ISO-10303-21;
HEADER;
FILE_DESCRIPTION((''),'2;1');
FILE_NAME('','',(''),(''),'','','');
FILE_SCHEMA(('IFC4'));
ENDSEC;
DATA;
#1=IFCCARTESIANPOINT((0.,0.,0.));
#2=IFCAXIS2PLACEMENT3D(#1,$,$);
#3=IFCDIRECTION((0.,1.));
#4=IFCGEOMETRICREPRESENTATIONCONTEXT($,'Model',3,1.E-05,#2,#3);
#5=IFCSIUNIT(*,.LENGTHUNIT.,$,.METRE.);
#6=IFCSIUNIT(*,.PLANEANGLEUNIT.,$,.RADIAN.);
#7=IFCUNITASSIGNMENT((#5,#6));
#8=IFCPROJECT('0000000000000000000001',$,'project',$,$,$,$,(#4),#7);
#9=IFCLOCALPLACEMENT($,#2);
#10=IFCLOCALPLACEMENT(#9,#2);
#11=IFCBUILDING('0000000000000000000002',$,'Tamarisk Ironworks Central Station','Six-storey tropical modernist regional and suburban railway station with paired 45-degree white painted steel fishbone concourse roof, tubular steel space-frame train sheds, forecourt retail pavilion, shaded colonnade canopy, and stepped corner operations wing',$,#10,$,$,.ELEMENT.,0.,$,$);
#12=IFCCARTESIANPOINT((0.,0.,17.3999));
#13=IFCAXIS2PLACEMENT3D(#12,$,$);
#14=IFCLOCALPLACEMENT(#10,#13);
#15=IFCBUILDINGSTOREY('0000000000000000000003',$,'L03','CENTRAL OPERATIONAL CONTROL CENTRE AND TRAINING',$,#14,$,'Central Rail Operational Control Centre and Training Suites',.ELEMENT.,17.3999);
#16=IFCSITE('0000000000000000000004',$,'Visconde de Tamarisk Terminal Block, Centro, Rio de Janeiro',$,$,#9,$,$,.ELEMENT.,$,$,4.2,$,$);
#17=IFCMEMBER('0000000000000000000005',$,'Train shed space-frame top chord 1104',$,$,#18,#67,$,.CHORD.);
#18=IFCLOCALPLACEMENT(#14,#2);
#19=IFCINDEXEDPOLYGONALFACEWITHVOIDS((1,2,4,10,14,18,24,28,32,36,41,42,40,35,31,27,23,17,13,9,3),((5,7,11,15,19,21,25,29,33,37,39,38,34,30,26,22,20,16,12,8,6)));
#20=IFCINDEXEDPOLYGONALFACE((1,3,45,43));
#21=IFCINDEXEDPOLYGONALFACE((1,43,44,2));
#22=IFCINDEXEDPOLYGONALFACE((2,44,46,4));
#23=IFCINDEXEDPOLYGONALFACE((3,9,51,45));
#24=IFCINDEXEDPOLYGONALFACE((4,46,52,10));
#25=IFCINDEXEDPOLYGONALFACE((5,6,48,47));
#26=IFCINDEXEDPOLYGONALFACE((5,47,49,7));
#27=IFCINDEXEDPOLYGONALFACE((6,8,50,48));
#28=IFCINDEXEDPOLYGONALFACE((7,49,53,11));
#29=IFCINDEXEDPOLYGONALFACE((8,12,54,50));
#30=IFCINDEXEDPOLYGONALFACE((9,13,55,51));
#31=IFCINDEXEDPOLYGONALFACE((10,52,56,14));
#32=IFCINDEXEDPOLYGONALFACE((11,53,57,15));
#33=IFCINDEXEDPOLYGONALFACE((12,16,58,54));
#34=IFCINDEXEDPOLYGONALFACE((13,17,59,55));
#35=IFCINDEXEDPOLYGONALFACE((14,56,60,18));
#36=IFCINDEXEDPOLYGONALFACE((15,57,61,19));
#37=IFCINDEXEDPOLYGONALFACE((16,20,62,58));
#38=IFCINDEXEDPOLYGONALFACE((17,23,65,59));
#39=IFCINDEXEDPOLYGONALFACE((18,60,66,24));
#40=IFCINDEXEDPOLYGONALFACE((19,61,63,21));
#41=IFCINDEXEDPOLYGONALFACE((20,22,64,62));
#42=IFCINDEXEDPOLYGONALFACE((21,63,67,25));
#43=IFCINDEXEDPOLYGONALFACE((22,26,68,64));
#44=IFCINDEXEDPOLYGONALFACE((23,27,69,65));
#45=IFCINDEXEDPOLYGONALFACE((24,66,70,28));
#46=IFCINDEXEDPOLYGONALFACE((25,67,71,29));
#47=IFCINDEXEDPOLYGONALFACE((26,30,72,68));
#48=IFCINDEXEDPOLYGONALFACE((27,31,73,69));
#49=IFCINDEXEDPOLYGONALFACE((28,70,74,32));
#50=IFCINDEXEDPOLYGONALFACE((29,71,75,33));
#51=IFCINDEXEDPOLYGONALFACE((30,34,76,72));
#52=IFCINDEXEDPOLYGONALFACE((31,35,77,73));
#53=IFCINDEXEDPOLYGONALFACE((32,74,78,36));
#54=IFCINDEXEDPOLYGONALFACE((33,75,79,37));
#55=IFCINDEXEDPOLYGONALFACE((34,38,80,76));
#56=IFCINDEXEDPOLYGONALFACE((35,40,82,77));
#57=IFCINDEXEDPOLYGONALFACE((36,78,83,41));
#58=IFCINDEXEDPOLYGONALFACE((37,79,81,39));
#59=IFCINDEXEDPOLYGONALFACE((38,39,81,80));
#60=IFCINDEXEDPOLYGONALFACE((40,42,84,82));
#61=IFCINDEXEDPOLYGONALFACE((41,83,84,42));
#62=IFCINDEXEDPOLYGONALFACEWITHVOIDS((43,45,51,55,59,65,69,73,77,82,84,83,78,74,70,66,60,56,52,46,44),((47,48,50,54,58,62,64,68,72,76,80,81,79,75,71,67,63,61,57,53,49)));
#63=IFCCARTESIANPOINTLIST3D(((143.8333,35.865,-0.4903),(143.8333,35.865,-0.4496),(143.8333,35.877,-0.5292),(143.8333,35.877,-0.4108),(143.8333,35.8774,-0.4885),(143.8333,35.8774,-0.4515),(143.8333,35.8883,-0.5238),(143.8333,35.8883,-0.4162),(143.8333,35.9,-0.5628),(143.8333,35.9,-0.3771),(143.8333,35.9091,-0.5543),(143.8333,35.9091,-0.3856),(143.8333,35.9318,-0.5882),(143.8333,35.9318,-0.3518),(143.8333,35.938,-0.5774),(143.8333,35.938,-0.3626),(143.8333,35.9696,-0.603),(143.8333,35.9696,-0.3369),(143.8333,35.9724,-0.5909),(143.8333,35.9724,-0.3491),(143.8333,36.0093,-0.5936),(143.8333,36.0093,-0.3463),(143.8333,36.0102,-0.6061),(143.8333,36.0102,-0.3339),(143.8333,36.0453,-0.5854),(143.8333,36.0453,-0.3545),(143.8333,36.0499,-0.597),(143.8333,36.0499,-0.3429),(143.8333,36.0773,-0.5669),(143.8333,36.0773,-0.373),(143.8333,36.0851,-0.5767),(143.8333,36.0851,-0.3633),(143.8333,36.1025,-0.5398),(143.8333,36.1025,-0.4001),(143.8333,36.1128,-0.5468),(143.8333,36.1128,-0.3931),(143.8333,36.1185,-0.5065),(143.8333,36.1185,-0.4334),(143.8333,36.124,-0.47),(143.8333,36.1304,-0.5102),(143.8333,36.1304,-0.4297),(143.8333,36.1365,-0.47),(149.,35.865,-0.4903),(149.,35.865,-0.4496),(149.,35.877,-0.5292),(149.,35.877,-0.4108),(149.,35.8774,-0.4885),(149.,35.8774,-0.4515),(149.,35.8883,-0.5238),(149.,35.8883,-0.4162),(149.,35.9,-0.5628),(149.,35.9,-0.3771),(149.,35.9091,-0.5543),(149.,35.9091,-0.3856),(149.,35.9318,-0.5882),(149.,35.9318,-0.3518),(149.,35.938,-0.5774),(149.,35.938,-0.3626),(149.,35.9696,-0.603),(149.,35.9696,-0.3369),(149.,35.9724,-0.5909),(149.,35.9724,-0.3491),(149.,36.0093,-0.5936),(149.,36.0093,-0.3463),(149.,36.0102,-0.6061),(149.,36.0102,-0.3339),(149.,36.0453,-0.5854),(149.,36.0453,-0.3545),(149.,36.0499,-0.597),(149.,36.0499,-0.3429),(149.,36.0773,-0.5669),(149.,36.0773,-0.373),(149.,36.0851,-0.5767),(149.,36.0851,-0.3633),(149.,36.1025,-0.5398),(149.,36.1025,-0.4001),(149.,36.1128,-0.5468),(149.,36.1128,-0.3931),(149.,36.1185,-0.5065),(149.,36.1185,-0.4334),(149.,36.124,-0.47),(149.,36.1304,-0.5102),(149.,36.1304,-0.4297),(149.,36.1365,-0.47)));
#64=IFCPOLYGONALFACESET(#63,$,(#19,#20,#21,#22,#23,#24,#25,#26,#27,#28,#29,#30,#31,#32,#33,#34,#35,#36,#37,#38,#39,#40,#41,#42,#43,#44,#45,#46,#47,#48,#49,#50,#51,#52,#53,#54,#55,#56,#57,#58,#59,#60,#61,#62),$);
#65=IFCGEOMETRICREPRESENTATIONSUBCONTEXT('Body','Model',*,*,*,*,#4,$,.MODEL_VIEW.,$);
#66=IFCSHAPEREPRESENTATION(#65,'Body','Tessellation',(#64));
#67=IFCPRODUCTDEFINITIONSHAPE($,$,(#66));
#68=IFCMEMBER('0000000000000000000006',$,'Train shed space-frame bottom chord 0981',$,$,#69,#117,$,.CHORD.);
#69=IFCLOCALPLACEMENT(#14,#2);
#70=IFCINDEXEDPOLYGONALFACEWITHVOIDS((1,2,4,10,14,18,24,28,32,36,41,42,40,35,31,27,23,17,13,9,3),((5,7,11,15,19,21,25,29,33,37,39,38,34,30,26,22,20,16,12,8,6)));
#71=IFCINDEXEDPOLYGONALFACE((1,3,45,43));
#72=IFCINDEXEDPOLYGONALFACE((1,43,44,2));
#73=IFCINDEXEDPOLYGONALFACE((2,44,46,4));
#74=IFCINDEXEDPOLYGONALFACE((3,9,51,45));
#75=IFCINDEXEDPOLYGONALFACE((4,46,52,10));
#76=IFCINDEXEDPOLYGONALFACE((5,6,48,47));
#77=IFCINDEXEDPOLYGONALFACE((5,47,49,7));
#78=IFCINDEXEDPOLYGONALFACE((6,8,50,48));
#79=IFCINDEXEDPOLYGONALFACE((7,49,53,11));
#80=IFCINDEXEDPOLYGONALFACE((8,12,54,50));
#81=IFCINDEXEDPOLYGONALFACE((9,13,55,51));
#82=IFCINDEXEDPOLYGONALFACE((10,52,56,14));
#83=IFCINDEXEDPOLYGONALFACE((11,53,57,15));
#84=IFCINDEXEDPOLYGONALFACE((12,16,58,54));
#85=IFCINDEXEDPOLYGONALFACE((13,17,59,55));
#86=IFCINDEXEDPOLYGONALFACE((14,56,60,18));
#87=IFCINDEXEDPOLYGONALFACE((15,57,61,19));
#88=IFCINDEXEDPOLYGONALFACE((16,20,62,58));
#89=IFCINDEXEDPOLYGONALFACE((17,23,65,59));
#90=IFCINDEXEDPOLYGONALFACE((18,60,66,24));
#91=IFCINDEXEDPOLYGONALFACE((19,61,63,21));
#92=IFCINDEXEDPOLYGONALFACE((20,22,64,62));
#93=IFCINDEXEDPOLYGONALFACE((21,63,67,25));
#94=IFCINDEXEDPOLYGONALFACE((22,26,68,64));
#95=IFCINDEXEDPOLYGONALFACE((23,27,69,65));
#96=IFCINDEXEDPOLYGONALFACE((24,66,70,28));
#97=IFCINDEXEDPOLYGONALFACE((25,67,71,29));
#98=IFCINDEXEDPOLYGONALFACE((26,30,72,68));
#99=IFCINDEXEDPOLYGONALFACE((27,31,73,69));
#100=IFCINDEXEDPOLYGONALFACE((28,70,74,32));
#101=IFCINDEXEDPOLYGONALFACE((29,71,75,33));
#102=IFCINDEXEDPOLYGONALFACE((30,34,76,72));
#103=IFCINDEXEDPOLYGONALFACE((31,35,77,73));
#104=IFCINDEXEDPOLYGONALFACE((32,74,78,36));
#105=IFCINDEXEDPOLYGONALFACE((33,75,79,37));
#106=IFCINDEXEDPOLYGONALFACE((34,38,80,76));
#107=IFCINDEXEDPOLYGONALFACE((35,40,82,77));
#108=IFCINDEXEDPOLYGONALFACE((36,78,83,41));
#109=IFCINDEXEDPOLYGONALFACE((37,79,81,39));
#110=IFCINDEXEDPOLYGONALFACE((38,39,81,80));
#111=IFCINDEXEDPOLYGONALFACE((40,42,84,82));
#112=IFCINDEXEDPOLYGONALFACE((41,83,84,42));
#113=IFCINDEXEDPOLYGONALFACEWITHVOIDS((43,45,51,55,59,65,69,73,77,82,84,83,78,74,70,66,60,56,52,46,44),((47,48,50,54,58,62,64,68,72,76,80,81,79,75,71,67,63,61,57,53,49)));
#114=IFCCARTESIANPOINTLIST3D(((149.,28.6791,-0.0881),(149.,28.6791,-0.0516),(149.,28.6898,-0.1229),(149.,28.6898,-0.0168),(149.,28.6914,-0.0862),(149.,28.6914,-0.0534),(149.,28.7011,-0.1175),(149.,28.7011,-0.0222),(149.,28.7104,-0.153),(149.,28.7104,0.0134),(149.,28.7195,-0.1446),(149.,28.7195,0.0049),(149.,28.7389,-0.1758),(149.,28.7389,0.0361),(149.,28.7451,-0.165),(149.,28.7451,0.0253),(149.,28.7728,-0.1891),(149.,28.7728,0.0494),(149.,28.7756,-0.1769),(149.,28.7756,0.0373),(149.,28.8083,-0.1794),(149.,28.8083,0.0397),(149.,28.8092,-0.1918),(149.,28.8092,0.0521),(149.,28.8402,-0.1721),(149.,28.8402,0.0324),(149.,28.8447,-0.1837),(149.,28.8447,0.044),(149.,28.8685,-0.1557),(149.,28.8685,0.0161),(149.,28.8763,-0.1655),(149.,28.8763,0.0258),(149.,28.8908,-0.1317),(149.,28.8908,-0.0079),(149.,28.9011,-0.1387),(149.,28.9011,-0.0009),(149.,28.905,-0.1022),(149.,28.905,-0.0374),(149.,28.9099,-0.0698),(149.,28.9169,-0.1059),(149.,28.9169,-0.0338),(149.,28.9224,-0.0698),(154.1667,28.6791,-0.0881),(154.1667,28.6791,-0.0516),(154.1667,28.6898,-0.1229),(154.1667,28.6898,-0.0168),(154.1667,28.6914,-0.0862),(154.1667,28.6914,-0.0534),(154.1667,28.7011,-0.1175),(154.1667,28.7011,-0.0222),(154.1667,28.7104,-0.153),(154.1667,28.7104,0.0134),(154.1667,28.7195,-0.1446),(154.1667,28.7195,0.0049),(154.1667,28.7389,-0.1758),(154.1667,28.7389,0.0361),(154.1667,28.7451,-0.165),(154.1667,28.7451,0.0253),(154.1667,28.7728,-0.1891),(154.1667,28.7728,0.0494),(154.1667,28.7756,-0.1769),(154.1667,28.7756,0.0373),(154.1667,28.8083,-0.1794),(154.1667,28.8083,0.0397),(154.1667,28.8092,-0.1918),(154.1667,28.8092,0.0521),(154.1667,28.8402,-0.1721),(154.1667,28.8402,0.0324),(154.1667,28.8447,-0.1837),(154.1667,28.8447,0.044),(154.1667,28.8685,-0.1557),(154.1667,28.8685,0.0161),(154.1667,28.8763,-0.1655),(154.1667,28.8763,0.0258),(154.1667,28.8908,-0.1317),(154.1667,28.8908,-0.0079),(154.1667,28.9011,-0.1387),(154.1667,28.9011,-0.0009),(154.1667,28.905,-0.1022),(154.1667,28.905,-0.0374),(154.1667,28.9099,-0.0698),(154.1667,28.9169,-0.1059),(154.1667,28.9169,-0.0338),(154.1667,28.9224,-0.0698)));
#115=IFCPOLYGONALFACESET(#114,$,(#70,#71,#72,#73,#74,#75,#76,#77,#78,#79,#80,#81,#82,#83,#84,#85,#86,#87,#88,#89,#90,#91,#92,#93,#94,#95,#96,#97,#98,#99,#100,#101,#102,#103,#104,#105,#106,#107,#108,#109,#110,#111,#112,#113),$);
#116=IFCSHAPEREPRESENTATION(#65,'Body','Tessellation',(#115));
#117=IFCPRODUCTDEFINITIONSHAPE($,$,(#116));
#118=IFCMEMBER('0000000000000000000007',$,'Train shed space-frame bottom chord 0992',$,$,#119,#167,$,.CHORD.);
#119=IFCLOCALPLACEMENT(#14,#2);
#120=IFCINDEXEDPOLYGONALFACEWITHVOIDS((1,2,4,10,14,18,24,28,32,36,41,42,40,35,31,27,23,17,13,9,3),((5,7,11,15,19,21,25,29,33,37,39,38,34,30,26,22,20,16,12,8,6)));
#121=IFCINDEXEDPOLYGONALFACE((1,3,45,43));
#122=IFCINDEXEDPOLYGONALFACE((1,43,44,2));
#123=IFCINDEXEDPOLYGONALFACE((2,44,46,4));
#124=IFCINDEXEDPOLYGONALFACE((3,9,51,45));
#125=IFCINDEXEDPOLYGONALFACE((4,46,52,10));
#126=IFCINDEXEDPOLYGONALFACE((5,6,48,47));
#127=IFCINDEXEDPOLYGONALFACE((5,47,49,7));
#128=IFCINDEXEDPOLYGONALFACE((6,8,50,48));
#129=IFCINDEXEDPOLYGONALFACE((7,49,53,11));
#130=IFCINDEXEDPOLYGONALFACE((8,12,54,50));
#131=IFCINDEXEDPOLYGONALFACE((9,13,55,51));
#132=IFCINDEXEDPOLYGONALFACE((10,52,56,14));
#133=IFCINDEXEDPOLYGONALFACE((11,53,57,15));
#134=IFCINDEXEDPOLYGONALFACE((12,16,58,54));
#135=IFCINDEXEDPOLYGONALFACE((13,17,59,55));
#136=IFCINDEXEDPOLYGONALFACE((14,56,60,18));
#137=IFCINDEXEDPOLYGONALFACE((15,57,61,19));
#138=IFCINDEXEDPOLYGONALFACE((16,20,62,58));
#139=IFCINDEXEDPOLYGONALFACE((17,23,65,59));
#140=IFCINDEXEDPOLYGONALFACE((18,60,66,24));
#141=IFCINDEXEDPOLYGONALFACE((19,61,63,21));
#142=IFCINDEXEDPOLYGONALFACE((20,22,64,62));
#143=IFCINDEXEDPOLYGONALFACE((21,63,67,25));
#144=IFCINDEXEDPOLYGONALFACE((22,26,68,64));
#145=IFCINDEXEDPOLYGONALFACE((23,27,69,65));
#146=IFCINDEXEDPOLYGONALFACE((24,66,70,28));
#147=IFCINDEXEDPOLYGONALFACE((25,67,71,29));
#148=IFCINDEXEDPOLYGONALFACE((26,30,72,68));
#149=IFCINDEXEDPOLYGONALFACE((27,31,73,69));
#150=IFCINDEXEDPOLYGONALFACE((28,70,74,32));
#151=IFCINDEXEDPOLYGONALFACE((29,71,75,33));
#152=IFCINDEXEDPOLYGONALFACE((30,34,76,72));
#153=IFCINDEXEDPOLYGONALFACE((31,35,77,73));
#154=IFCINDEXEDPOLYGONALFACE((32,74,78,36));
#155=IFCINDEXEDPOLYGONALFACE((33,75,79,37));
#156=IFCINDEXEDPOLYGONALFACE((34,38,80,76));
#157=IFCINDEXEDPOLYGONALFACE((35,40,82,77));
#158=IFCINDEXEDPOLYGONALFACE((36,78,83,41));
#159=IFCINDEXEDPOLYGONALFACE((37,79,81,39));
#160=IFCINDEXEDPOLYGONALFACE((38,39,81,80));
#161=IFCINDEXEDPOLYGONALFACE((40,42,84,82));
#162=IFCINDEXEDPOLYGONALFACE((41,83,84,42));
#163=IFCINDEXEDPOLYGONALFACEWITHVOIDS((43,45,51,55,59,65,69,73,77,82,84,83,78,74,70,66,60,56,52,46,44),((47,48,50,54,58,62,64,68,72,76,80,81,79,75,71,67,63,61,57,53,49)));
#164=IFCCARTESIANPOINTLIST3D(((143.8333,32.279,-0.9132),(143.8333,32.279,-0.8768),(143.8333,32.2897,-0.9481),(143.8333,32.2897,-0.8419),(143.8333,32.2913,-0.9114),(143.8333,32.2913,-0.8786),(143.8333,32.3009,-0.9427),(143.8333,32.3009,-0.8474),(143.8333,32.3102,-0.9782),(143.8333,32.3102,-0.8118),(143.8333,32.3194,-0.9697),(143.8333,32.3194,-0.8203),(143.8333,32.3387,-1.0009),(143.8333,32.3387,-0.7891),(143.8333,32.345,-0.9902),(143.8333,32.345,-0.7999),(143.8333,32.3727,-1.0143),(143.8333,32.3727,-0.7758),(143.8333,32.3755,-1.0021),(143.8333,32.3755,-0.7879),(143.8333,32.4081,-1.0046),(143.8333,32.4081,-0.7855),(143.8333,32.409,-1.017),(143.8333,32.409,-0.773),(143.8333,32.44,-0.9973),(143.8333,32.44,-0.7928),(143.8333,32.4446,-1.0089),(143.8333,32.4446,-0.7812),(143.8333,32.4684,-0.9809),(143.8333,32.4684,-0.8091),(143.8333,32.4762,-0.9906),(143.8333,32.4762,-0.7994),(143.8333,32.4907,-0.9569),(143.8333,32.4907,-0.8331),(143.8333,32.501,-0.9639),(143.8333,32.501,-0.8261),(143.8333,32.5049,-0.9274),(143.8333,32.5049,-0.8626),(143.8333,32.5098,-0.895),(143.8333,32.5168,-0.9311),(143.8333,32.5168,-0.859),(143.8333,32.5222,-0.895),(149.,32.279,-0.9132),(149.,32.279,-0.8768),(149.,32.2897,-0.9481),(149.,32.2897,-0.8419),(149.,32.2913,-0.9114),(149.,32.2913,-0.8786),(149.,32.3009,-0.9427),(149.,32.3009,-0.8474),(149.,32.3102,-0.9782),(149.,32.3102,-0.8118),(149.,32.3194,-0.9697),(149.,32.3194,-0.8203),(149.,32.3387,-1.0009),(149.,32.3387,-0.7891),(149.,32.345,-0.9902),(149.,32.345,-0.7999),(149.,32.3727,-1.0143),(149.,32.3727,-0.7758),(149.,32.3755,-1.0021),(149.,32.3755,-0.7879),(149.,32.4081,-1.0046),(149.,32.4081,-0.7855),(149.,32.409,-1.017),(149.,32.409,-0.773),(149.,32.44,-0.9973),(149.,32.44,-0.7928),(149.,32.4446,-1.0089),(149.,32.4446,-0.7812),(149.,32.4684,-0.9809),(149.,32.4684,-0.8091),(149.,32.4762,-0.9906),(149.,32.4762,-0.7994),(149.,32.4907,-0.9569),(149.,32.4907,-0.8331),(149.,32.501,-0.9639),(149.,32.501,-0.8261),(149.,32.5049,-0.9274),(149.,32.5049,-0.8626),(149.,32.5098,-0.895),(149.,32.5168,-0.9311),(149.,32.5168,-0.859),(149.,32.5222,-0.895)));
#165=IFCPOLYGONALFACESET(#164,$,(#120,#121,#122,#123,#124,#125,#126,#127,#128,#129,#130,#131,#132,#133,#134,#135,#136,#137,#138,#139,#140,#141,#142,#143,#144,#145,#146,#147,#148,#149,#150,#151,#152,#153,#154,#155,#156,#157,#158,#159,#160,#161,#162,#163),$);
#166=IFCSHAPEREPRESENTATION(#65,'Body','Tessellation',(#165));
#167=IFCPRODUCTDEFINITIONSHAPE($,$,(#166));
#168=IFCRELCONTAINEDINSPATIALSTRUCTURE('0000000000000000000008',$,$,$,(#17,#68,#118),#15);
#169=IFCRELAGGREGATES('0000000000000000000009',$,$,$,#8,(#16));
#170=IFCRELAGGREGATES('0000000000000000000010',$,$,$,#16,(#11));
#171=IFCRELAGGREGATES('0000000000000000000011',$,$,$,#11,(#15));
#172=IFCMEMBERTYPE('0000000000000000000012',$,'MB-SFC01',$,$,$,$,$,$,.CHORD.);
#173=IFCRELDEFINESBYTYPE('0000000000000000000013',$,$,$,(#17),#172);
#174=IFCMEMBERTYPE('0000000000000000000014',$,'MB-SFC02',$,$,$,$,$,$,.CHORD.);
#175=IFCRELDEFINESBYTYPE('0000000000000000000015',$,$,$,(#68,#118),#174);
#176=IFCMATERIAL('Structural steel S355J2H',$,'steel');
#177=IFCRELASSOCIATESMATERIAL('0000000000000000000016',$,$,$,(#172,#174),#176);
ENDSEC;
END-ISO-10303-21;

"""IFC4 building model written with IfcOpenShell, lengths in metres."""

from ifc_helpers import new_model, si_unit, direction, frame, origin, origin_2d, place, context, subcontext, project, spatial, hollow_circle, extrude, material, material_profile, profile_set, type_object, element, save


model = new_model("IFC4")

# Units and contexts
model_context = context("Model", 3, precision=1e-05, world=origin(), true_north=direction((0.0, 1.0)))
body_context = subcontext(model_context, "Body", "Model", "MODEL_VIEW")
ifc_project = project(units=[si_unit("LENGTHUNIT", "METRE"), si_unit("PLANEANGLEUNIT", "RADIAN")], contexts=[model_context])

# Site, building, storey
site_placement = place(None, origin())
site = spatial("IfcSite", under=ifc_project, at=site_placement, Name="Visconde de Tamarisk Terminal Block, Centro, Rio de Janeiro", CompositionType="ELEMENT", RefElevation=4.2)
building_placement = place(site_placement, origin())
building = spatial("IfcBuilding", under=site, at=building_placement, Name="Tamarisk Ironworks Central Station", Description="Six-storey tropical modernist regional and suburban railway station with paired 45-degree white painted steel fishbone concourse roof, tubular steel space-frame train sheds, forecourt retail pavilion, shaded colonnade canopy, and stepped corner operations wing", CompositionType="ELEMENT", ElevationOfRefHeight=0.0)
storey_placement = place(building_placement, frame((0.0, 0.0, 17.3999)))
storey = spatial("IfcBuildingStorey", under=building, at=storey_placement, Name="L03", Description="CENTRAL OPERATIONAL CONTROL CENTRE AND TRAINING", LongName="Central Rail Operational Control Centre and Training Suites", CompositionType="ELEMENT", Elevation=17.3999)

# Members
ifc_material = material(Name="Structural steel S355J2H", Category="steel")
ifc_material_profile_1 = material_profile(ifc_material, hollow_circle(Radius=0.1365, WallThickness=0.0125, at=origin_2d()), Name="CHS 273x12.5")
ifc_profile_set_1 = profile_set([ifc_material_profile_1], Name="Structural steel S355J2H")
member_type_1 = type_object("IfcMemberType", Name="MB-SFC01", PredefinedType="CHORD", material=ifc_profile_set_1)
for number, where, z_axis, x_axis, name in (
    (1, (143.8333, 36.0, -0.47), (1.0, 0.0, 0.0), (0.0, 1.0, 0.0), "Train shed space-frame top chord 1104"),
):
    element("IfcMember", number, at=place(storey_placement, frame(where, z_axis=z_axis, x_axis=x_axis)), inside=storey, type_object=member_type_1, Name=name, PredefinedType="CHORD", context=body_context, shape_type="SweptSolid", body=[
        extrude(hollow_circle(Radius=0.1365, WallThickness=0.0125, at=origin_2d()), origin(), (0.0, 0.0, 1.0), 5.1667),
    ])
ifc_material_profile_2 = material_profile(ifc_material, hollow_circle(Radius=0.1223, WallThickness=0.0125, at=origin_2d()), Name="CHS 244.5x12.5")
ifc_profile_set_2 = profile_set([ifc_material_profile_2], Name="Structural steel S355J2H")
member_type_2 = type_object("IfcMemberType", Name="MB-SFC02", PredefinedType="CHORD", material=ifc_profile_set_2)
for number, where, z_axis, x_axis, name in (
    (2, (149.0, 28.8, -0.0698), (1.0, 0.0, 0.0), (0.0, 1.0, 0.0), "Train shed space-frame bottom chord 0981"),
    (3, (143.8333, 32.3999, -0.895), (1.0, 0.0, 0.0), (0.0, 1.0, 0.0), "Train shed space-frame bottom chord 0992"),
):
    element("IfcMember", number, at=place(storey_placement, frame(where, z_axis=z_axis, x_axis=x_axis)), inside=storey, type_object=member_type_2, Name=name, PredefinedType="CHORD", context=body_context, shape_type="SweptSolid", body=[
        extrude(hollow_circle(Radius=0.1223, WallThickness=0.0125, at=origin_2d()), origin(), (0.0, 0.0, 1.0), 5.1667),
    ])

save(model, "model.ifc")
